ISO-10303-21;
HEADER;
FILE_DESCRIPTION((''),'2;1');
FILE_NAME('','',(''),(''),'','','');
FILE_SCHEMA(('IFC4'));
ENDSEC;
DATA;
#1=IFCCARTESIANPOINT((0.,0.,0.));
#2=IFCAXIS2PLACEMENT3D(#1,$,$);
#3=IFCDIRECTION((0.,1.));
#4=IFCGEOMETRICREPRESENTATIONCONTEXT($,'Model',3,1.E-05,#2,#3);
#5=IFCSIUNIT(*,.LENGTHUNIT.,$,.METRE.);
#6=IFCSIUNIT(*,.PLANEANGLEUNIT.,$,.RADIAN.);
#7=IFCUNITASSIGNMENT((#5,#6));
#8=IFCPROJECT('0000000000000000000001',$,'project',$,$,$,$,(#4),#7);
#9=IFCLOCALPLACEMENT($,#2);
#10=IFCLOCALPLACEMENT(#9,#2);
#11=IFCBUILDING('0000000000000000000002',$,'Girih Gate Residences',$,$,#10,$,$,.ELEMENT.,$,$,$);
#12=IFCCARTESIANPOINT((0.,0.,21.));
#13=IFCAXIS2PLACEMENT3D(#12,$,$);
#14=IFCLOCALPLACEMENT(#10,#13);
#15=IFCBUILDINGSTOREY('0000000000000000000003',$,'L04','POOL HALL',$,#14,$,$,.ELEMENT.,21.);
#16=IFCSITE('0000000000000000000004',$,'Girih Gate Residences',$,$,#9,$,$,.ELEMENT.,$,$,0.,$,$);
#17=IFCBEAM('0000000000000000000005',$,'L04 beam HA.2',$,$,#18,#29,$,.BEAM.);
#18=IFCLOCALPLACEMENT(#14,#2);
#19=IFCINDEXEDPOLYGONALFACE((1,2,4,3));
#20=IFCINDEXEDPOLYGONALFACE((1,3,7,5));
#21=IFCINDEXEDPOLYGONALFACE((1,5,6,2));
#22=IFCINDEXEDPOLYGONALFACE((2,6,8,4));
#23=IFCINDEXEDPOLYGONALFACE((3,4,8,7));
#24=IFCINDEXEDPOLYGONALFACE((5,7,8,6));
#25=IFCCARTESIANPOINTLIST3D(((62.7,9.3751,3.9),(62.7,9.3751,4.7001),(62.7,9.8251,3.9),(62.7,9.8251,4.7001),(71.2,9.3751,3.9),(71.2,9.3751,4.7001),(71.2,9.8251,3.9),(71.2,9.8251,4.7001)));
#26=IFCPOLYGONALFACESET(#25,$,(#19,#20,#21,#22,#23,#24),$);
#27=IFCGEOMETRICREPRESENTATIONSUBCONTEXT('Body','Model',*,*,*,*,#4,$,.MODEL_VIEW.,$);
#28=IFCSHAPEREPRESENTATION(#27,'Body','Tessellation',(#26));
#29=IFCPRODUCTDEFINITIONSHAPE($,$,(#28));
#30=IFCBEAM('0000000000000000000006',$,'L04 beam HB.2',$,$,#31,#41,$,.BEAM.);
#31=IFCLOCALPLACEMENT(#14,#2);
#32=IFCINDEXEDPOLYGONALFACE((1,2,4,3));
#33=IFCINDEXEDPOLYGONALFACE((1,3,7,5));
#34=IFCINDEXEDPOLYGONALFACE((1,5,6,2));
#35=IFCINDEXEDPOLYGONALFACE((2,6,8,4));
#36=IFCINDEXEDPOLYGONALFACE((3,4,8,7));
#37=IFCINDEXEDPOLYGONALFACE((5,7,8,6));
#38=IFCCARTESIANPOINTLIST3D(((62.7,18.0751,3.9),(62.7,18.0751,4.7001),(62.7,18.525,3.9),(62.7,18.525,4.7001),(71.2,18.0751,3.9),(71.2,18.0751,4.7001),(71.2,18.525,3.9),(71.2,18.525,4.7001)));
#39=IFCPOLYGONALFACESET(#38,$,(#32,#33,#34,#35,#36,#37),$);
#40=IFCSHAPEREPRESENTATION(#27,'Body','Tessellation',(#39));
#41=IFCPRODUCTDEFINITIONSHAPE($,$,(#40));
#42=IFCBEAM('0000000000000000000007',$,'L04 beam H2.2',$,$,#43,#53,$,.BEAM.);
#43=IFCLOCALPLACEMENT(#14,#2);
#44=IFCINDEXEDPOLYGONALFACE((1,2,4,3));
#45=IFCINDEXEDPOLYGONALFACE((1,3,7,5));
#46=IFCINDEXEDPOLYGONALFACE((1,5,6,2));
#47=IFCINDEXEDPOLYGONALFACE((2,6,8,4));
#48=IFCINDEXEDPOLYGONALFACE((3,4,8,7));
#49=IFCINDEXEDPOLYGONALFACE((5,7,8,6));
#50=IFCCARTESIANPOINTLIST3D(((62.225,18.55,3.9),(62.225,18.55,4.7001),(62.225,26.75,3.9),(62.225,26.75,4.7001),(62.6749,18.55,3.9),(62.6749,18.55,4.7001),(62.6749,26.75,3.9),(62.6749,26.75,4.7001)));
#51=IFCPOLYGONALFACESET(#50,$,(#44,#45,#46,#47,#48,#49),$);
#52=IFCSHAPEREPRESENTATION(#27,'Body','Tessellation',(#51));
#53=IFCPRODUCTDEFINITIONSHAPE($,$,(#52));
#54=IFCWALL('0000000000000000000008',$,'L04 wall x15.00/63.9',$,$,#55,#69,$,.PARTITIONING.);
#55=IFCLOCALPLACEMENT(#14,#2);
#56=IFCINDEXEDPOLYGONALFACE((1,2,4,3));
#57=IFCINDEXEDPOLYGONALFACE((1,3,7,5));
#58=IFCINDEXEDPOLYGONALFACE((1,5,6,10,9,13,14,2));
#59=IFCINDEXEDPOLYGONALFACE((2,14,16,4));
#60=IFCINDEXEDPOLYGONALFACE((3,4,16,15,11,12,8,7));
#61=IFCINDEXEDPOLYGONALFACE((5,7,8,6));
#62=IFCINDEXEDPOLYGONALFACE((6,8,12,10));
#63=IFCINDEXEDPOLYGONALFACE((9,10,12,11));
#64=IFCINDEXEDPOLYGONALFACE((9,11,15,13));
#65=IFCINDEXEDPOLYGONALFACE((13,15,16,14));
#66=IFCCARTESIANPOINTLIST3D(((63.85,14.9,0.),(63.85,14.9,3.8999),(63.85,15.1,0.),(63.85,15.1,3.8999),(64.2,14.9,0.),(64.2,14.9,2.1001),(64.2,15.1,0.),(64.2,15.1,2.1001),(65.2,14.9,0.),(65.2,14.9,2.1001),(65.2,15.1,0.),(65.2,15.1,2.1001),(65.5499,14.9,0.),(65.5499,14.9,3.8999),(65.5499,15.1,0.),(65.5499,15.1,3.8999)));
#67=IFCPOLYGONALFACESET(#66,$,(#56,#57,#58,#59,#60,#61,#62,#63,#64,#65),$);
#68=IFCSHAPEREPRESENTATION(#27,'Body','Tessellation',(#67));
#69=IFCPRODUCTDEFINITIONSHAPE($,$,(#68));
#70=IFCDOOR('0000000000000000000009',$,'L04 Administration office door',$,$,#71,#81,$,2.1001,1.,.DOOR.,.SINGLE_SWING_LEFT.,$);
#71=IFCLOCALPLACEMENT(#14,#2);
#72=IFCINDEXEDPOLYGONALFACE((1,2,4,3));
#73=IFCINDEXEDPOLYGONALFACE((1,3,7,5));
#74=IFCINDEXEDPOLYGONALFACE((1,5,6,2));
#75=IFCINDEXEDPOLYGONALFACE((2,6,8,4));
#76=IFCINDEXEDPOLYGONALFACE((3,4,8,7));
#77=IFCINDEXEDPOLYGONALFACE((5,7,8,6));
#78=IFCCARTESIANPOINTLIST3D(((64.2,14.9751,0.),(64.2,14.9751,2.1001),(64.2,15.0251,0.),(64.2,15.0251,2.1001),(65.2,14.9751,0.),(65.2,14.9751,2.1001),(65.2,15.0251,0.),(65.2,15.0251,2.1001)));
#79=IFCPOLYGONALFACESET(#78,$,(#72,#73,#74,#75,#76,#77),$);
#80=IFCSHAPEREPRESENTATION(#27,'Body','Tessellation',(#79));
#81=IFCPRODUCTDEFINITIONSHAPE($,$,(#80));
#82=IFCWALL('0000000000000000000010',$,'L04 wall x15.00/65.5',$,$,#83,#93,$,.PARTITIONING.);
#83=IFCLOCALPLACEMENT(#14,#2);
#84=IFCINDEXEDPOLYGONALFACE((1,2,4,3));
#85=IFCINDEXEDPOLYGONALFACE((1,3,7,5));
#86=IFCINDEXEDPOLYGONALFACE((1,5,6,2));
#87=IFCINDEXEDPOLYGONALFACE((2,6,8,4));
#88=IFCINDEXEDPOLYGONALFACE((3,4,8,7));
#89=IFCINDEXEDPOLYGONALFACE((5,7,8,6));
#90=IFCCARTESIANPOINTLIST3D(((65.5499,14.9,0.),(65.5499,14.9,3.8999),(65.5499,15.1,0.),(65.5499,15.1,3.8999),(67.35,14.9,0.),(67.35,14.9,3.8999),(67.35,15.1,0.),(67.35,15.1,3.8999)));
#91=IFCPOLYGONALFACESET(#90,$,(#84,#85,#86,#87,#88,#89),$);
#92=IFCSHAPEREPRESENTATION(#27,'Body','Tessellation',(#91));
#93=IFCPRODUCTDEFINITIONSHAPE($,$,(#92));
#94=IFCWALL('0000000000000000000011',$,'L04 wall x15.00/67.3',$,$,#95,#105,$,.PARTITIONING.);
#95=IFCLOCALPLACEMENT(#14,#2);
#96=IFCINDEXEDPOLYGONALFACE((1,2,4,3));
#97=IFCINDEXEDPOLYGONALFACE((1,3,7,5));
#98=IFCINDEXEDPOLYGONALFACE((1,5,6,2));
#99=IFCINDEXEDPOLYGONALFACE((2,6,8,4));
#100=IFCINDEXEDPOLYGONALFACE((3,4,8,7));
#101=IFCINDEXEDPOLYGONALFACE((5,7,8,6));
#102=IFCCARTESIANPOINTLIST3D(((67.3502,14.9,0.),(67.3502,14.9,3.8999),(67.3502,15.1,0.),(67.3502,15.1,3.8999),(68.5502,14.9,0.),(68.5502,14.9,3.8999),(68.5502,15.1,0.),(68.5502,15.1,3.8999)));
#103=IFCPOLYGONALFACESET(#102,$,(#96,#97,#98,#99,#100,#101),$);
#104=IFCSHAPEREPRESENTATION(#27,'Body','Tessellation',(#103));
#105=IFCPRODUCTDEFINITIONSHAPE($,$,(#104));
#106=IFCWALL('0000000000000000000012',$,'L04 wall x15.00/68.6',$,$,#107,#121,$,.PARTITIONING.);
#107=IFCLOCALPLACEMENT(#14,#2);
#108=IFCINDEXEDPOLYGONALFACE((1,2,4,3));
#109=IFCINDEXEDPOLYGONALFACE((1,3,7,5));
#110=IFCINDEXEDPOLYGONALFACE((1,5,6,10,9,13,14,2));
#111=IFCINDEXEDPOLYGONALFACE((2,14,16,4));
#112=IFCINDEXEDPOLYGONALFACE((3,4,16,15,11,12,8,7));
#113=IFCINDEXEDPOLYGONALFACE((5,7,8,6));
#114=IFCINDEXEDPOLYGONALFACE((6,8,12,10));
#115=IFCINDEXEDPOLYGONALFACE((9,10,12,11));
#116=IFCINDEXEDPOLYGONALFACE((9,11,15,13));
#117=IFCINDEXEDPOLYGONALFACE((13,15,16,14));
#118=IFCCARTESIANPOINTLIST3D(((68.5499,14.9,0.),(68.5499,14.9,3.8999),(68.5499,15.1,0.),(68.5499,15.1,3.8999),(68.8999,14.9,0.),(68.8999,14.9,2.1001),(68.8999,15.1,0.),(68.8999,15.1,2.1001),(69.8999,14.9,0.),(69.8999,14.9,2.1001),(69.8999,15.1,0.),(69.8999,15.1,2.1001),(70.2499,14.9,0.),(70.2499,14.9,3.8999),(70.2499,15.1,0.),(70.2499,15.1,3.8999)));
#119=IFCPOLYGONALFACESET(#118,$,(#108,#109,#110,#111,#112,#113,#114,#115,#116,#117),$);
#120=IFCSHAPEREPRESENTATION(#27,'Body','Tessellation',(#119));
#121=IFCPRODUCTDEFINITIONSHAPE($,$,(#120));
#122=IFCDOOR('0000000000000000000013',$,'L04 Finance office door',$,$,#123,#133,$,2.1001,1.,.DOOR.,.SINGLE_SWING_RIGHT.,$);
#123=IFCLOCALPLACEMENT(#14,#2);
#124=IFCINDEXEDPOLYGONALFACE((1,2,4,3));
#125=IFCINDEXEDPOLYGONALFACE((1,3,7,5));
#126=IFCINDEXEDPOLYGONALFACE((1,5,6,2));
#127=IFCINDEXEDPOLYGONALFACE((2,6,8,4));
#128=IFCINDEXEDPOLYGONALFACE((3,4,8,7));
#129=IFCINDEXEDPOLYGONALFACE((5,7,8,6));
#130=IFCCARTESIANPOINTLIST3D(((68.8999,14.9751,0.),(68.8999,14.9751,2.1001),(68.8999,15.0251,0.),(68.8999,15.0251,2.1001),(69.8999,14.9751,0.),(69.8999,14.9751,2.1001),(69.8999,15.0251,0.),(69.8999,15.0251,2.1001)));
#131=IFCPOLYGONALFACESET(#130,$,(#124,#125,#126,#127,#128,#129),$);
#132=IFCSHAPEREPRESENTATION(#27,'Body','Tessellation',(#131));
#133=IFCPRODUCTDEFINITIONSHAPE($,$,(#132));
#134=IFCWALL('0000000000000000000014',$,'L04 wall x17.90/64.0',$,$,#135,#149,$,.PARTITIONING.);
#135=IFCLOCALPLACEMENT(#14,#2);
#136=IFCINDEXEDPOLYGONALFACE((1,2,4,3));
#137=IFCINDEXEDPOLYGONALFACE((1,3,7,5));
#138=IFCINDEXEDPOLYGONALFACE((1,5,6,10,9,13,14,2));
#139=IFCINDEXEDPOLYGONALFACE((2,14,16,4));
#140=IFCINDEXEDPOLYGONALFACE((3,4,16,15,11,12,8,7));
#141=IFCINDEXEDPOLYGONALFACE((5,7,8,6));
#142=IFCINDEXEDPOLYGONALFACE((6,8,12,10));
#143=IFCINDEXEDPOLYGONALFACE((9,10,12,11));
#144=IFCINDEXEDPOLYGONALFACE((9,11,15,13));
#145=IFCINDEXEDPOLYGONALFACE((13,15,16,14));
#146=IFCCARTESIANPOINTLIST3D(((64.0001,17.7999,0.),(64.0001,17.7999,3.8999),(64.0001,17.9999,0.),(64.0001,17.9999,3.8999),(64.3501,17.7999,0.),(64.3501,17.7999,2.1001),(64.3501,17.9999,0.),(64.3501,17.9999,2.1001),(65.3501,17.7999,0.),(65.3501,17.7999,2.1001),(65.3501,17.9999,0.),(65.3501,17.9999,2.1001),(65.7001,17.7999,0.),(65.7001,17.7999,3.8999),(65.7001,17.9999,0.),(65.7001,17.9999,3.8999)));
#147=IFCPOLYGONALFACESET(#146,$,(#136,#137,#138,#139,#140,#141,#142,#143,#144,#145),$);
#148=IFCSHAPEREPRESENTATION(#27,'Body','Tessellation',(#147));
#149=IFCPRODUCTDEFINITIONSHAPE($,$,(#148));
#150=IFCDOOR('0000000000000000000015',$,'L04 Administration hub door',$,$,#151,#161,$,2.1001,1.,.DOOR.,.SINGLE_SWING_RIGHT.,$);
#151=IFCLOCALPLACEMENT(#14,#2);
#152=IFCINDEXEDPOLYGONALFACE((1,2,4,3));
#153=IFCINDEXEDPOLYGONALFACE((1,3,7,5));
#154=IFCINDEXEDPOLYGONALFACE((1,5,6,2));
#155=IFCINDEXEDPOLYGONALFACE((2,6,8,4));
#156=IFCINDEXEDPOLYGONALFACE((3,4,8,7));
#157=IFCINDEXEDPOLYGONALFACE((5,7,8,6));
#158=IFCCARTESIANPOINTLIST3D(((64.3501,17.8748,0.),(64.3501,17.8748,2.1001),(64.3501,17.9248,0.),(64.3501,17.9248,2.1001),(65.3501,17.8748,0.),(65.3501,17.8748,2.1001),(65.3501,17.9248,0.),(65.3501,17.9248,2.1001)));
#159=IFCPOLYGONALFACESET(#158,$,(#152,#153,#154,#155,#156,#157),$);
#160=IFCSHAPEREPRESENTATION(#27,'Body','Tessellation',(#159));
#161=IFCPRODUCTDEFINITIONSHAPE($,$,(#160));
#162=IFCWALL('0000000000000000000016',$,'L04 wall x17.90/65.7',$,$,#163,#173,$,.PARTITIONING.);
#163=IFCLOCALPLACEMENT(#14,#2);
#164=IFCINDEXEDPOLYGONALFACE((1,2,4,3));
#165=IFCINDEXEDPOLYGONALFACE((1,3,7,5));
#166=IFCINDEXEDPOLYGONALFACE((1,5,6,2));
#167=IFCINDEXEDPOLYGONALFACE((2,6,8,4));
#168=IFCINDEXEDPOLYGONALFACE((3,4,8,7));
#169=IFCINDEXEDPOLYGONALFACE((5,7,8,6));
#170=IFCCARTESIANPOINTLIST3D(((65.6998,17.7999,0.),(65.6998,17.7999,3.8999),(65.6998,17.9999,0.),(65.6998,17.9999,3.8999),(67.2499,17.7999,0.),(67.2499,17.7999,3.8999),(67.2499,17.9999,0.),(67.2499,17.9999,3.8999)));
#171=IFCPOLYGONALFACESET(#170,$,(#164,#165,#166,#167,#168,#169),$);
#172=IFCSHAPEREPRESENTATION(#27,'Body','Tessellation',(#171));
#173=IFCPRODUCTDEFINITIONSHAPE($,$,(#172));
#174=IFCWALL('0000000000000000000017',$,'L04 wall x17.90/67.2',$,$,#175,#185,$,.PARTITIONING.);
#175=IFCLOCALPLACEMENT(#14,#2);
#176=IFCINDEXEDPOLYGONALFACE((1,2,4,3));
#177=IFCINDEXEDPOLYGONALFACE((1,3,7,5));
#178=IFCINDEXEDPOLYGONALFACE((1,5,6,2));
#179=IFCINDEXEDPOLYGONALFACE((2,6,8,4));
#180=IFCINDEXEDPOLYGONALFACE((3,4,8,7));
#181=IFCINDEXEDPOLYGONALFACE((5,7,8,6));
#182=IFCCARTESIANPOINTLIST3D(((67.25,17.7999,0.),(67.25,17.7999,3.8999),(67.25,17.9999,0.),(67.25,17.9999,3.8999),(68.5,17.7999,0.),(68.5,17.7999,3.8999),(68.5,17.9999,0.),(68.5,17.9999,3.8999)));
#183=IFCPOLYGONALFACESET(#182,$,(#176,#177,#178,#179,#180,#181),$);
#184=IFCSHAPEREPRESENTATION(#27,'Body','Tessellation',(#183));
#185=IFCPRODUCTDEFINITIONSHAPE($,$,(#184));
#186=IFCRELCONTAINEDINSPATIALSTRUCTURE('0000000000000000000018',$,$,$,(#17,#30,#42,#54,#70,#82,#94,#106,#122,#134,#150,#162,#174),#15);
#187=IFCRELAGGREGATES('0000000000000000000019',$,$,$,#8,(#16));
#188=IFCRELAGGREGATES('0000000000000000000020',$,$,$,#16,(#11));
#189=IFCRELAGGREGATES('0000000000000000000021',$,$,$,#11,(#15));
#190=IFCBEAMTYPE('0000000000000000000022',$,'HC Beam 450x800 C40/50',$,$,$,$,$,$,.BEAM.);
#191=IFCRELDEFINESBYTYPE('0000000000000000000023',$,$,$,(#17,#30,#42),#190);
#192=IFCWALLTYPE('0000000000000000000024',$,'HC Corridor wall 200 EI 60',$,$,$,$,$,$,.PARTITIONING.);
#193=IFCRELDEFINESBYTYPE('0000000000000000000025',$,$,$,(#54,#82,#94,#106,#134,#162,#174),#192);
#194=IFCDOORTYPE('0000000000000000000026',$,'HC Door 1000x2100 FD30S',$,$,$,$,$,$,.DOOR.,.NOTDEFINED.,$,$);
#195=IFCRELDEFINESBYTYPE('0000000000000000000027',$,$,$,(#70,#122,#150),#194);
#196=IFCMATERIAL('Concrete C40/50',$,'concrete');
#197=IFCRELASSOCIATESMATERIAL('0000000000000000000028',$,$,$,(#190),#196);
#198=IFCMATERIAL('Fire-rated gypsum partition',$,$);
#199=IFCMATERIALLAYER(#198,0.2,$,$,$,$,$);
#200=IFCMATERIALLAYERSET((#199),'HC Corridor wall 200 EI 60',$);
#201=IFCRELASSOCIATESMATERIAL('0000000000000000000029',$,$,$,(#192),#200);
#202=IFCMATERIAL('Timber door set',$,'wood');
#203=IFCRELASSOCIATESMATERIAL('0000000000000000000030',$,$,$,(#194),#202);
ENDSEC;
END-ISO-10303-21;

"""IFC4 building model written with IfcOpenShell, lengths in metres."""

from ifc_helpers import new_model, si_unit, direction, frame, frame_2d, origin, origin_2d, place, context, subcontext, project, spatial, rectangle, extrude, material, layer, layer_set, material_profile, profile_set, type_object, element, fill, save


model = new_model("IFC4")

# Units and contexts
model_context = context("Model", 3, precision=1e-05, world=origin(), true_north=direction((0.0, 1.0)))
body_context = subcontext(model_context, "Body", "Model", "MODEL_VIEW")
ifc_project = project(units=[si_unit("LENGTHUNIT", "METRE"), si_unit("PLANEANGLEUNIT", "RADIAN")], contexts=[model_context])

# Site, building, storey
site_placement = place(None, origin())
site = spatial("IfcSite", under=ifc_project, at=site_placement, Name="Girih Gate Residences", CompositionType="ELEMENT", RefElevation=0.0)
building_placement = place(site_placement, origin())
building = spatial("IfcBuilding", under=site, at=building_placement, Name="Girih Gate Residences", CompositionType="ELEMENT")
storey_placement = place(building_placement, frame((0.0, 0.0, 21.0)))
storey = spatial("IfcBuildingStorey", under=building, at=storey_placement, Name="L04", Description="POOL HALL", CompositionType="ELEMENT", Elevation=21.0)

# Beams
ifc_material_1 = material(Name="Concrete C40/50", Category="concrete")
ifc_material_profile = material_profile(ifc_material_1, rectangle(XDim=0.45, YDim=0.8, at=origin_2d()))
ifc_profile_set = profile_set([ifc_material_profile], Name="Concrete C40/50")
beam_type = type_object("IfcBeamType", Name="HC Beam 450x800 C40/50", PredefinedType="BEAM", material=ifc_profile_set)
for number, where, z_axis, x_axis, name in (
    (1, (62.7, 9.6001, 4.3), (1.0, 0.0, 0.0), (0.0, 1.0, 0.0), "L04 beam HA.2"),
    (2, (62.7, 18.3, 4.3), (1.0, 0.0, 0.0), (0.0, 1.0, 0.0), "L04 beam HB.2"),
):
    element("IfcBeam", number, at=place(storey_placement, frame(where, z_axis=z_axis, x_axis=x_axis)), inside=storey, type_object=beam_type, Name=name, PredefinedType="BEAM", context=body_context, shape_type="SweptSolid", body=[
        extrude(rectangle(XDim=0.45, YDim=0.8, at=origin_2d()), origin(), (0.0, 0.0, 1.0), 8.5),
    ])
beam_placement = place(storey_placement, frame((62.45, 18.55, 4.3), z_axis=(0.0, 1.0, 0.0), x_axis=(-1.0, 0.0, 0.0)))
element("IfcBeam", 3, at=beam_placement, inside=storey, type_object=beam_type, Name="L04 beam H2.2", PredefinedType="BEAM", context=body_context, shape_type="SweptSolid", body=[
    extrude(rectangle(XDim=0.45, YDim=0.8, at=origin_2d()), origin(), (0.0, 0.0, 1.0), 8.2),
])

# Wall, opening, door
ifc_material_2 = material(Name="Fire-rated gypsum partition")
ifc_layer_1 = layer(ifc_material_2, 0.2)
ifc_layer_set_1 = layer_set([ifc_layer_1], Name="HC Corridor wall 200 EI 60")
wall_type_1 = type_object("IfcWallType", Name="HC Corridor wall 200 EI 60", PredefinedType="PARTITIONING", material=ifc_layer_set_1)
wall_1_placement = place(storey_placement, frame((65.55, 15.0, 0.0), z_axis=(0.0, 0.0, 1.0), x_axis=(-1.0, 0.0, 0.0)))
wall_1 = element("IfcWall", 4, at=wall_1_placement, inside=storey, type_object=wall_type_1, Name="L04 wall x15.00/63.9", PredefinedType="PARTITIONING", context=body_context, shape_type="SweptSolid", body=[
    extrude(rectangle(XDim=1.7, YDim=0.2, at=frame_2d((0.8501, 0.0))), origin(), (0.0, 0.0, 1.0), 3.8999),
])
opening_1_placement = place(wall_1_placement, frame((0.3501, 0.0, 0.0)))
opening_1 = element("IfcOpeningElement", 5, at=opening_1_placement, cuts=wall_1, PredefinedType="OPENING", context=body_context, shape_type="SweptSolid", body=[
    extrude(rectangle(XDim=1.0, YDim=2.1001, at=frame_2d((0.5, 1.05))), frame((0.0, 0.1099, 0.0), z_axis=(0.0, -1.0, 0.0), x_axis=(1.0, 0.0, 0.0)), (0.0, 0.0, 1.0), 0.22),
])
ifc_material_3 = material(Name="Timber door set", Category="wood")
door_type = type_object("IfcDoorType", Name="HC Door 1000x2100 FD30S", OperationType="NOTDEFINED", PredefinedType="DOOR", material=ifc_material_3)
door_1_placement = place(opening_1_placement, origin())
door_1 = element("IfcDoor", 6, at=door_1_placement, inside=storey, type_object=door_type, Name="L04 Administration office door", OperationType="SINGLE_SWING_LEFT", OverallHeight=2.1001, OverallWidth=1.0, PredefinedType="DOOR", context=body_context, shape_type="SweptSolid", body=[
    extrude(rectangle(XDim=1.0, YDim=2.1001, at=frame_2d((0.5, 1.05))), frame((0.0, 0.0249, 0.0), z_axis=(0.0, -1.0, 0.0), x_axis=(1.0, 0.0, 0.0)), (0.0, 0.0, 1.0), 0.05),
])
fill(opening_1, door_1)

# Walls
wall_2_placement = place(storey_placement, frame((65.55, 15.0, 0.0), z_axis=(0.0, 0.0, 1.0), x_axis=(1.0, 0.0, 0.0)))
element("IfcWall", 7, at=wall_2_placement, inside=storey, type_object=wall_type_1, Name="L04 wall x15.00/65.5", PredefinedType="PARTITIONING", context=body_context, shape_type="SweptSolid", body=[
    extrude(rectangle(XDim=1.8, YDim=0.2, at=frame_2d((0.8999, 0.0))), origin(), (0.0, 0.0, 1.0), 3.8999),
])
wall_3_placement = place(storey_placement, frame((67.3501, 15.0, 0.0), z_axis=(0.0, 0.0, 1.0), x_axis=(1.0, 0.0, 0.0)))
element("IfcWall", 8, at=wall_3_placement, inside=storey, type_object=wall_type_1, Name="L04 wall x15.00/67.3", PredefinedType="PARTITIONING", context=body_context, shape_type="SweptSolid", body=[
    extrude(rectangle(XDim=1.2, YDim=0.2, at=frame_2d((0.6001, 0.0))), origin(), (0.0, 0.0, 1.0), 3.8999),
])

# Walls, openings, doors
wall_4_placement = place(storey_placement, frame((70.25, 15.0, 0.0), z_axis=(0.0, 0.0, 1.0), x_axis=(-1.0, 0.0, 0.0)))
wall_4 = element("IfcWall", 9, at=wall_4_placement, inside=storey, type_object=wall_type_1, Name="L04 wall x15.00/68.6", PredefinedType="PARTITIONING", context=body_context, shape_type="SweptSolid", body=[
    extrude(rectangle(XDim=1.7, YDim=0.2, at=frame_2d((0.8501, 0.0))), origin(), (0.0, 0.0, 1.0), 3.8999),
])
opening_2_placement = place(wall_4_placement, frame((0.3501, 0.0, 0.0)))
opening_2 = element("IfcOpeningElement", 10, at=opening_2_placement, cuts=wall_4, PredefinedType="OPENING", context=body_context, shape_type="SweptSolid", body=[
    extrude(rectangle(XDim=1.0, YDim=2.1001, at=frame_2d((0.5, 1.05))), frame((0.0, 0.1099, 0.0), z_axis=(0.0, -1.0, 0.0), x_axis=(1.0, 0.0, 0.0)), (0.0, 0.0, 1.0), 0.22),
])
door_2_placement = place(opening_2_placement, origin())
door_2 = element("IfcDoor", 11, at=door_2_placement, inside=storey, type_object=door_type, Name="L04 Finance office door", OperationType="SINGLE_SWING_RIGHT", OverallHeight=2.1001, OverallWidth=1.0, PredefinedType="DOOR", context=body_context, shape_type="SweptSolid", body=[
    extrude(rectangle(XDim=1.0, YDim=2.1001, at=frame_2d((0.5, 1.05))), frame((0.0, 0.0249, 0.0), z_axis=(0.0, -1.0, 0.0), x_axis=(1.0, 0.0, 0.0)), (0.0, 0.0, 1.0), 0.05),
])
fill(opening_2, door_2)
wall_5_placement = place(storey_placement, frame((64.0, 17.8999, 0.0), z_axis=(0.0, 0.0, 1.0), x_axis=(1.0, 0.0, 0.0)))
wall_5 = element("IfcWall", 12, at=wall_5_placement, inside=storey, type_object=wall_type_1, Name="L04 wall x17.90/64.0", PredefinedType="PARTITIONING", context=body_context, shape_type="SweptSolid", body=[
    extrude(rectangle(XDim=1.7, YDim=0.2, at=frame_2d((0.8501, 0.0))), origin(), (0.0, 0.0, 1.0), 3.8999),
])
opening_3_placement = place(wall_5_placement, frame((0.3501, 0.0, 0.0)))
opening_3 = element("IfcOpeningElement", 13, at=opening_3_placement, cuts=wall_5, PredefinedType="OPENING", context=body_context, shape_type="SweptSolid", body=[
    extrude(rectangle(XDim=1.0, YDim=2.1001, at=frame_2d((0.5, 1.05))), frame((0.0, 0.1099, 0.0), z_axis=(0.0, -1.0, 0.0), x_axis=(1.0, 0.0, 0.0)), (0.0, 0.0, 1.0), 0.22),
])
door_3_placement = place(opening_3_placement, origin())
door_3 = element("IfcDoor", 14, at=door_3_placement, inside=storey, type_object=door_type, Name="L04 Administration hub door", OperationType="SINGLE_SWING_RIGHT", OverallHeight=2.1001, OverallWidth=1.0, PredefinedType="DOOR", context=body_context, shape_type="SweptSolid", body=[
    extrude(rectangle(XDim=1.0, YDim=2.1001, at=frame_2d((0.5, 1.05))), frame((0.0, 0.0249, 0.0), z_axis=(0.0, -1.0, 0.0), x_axis=(1.0, 0.0, 0.0)), (0.0, 0.0, 1.0), 0.05),
])
fill(opening_3, door_3)

# Walls
wall_6_placement = place(storey_placement, frame((65.7, 17.8999, 0.0), z_axis=(0.0, 0.0, 1.0), x_axis=(1.0, 0.0, 0.0)))
element("IfcWall", 15, at=wall_6_placement, inside=storey, type_object=wall_type_1, Name="L04 wall x17.90/65.7", PredefinedType="PARTITIONING", context=body_context, shape_type="SweptSolid", body=[
    extrude(rectangle(XDim=1.55, YDim=0.2, at=frame_2d((0.7749, 0.0))), origin(), (0.0, 0.0, 1.0), 3.8999),
])
wall_7_placement = place(storey_placement, frame((67.25, 17.8999, 0.0), z_axis=(0.0, 0.0, 1.0), x_axis=(1.0, 0.0, 0.0)))
element("IfcWall", 16, at=wall_7_placement, inside=storey, type_object=wall_type_1, Name="L04 wall x17.90/67.2", PredefinedType="PARTITIONING", context=body_context, shape_type="SweptSolid", body=[
    extrude(rectangle(XDim=1.25, YDim=0.2, at=frame_2d((0.625, 0.0))), origin(), (0.0, 0.0, 1.0), 3.8999),
])

save(model, "model.ifc")
